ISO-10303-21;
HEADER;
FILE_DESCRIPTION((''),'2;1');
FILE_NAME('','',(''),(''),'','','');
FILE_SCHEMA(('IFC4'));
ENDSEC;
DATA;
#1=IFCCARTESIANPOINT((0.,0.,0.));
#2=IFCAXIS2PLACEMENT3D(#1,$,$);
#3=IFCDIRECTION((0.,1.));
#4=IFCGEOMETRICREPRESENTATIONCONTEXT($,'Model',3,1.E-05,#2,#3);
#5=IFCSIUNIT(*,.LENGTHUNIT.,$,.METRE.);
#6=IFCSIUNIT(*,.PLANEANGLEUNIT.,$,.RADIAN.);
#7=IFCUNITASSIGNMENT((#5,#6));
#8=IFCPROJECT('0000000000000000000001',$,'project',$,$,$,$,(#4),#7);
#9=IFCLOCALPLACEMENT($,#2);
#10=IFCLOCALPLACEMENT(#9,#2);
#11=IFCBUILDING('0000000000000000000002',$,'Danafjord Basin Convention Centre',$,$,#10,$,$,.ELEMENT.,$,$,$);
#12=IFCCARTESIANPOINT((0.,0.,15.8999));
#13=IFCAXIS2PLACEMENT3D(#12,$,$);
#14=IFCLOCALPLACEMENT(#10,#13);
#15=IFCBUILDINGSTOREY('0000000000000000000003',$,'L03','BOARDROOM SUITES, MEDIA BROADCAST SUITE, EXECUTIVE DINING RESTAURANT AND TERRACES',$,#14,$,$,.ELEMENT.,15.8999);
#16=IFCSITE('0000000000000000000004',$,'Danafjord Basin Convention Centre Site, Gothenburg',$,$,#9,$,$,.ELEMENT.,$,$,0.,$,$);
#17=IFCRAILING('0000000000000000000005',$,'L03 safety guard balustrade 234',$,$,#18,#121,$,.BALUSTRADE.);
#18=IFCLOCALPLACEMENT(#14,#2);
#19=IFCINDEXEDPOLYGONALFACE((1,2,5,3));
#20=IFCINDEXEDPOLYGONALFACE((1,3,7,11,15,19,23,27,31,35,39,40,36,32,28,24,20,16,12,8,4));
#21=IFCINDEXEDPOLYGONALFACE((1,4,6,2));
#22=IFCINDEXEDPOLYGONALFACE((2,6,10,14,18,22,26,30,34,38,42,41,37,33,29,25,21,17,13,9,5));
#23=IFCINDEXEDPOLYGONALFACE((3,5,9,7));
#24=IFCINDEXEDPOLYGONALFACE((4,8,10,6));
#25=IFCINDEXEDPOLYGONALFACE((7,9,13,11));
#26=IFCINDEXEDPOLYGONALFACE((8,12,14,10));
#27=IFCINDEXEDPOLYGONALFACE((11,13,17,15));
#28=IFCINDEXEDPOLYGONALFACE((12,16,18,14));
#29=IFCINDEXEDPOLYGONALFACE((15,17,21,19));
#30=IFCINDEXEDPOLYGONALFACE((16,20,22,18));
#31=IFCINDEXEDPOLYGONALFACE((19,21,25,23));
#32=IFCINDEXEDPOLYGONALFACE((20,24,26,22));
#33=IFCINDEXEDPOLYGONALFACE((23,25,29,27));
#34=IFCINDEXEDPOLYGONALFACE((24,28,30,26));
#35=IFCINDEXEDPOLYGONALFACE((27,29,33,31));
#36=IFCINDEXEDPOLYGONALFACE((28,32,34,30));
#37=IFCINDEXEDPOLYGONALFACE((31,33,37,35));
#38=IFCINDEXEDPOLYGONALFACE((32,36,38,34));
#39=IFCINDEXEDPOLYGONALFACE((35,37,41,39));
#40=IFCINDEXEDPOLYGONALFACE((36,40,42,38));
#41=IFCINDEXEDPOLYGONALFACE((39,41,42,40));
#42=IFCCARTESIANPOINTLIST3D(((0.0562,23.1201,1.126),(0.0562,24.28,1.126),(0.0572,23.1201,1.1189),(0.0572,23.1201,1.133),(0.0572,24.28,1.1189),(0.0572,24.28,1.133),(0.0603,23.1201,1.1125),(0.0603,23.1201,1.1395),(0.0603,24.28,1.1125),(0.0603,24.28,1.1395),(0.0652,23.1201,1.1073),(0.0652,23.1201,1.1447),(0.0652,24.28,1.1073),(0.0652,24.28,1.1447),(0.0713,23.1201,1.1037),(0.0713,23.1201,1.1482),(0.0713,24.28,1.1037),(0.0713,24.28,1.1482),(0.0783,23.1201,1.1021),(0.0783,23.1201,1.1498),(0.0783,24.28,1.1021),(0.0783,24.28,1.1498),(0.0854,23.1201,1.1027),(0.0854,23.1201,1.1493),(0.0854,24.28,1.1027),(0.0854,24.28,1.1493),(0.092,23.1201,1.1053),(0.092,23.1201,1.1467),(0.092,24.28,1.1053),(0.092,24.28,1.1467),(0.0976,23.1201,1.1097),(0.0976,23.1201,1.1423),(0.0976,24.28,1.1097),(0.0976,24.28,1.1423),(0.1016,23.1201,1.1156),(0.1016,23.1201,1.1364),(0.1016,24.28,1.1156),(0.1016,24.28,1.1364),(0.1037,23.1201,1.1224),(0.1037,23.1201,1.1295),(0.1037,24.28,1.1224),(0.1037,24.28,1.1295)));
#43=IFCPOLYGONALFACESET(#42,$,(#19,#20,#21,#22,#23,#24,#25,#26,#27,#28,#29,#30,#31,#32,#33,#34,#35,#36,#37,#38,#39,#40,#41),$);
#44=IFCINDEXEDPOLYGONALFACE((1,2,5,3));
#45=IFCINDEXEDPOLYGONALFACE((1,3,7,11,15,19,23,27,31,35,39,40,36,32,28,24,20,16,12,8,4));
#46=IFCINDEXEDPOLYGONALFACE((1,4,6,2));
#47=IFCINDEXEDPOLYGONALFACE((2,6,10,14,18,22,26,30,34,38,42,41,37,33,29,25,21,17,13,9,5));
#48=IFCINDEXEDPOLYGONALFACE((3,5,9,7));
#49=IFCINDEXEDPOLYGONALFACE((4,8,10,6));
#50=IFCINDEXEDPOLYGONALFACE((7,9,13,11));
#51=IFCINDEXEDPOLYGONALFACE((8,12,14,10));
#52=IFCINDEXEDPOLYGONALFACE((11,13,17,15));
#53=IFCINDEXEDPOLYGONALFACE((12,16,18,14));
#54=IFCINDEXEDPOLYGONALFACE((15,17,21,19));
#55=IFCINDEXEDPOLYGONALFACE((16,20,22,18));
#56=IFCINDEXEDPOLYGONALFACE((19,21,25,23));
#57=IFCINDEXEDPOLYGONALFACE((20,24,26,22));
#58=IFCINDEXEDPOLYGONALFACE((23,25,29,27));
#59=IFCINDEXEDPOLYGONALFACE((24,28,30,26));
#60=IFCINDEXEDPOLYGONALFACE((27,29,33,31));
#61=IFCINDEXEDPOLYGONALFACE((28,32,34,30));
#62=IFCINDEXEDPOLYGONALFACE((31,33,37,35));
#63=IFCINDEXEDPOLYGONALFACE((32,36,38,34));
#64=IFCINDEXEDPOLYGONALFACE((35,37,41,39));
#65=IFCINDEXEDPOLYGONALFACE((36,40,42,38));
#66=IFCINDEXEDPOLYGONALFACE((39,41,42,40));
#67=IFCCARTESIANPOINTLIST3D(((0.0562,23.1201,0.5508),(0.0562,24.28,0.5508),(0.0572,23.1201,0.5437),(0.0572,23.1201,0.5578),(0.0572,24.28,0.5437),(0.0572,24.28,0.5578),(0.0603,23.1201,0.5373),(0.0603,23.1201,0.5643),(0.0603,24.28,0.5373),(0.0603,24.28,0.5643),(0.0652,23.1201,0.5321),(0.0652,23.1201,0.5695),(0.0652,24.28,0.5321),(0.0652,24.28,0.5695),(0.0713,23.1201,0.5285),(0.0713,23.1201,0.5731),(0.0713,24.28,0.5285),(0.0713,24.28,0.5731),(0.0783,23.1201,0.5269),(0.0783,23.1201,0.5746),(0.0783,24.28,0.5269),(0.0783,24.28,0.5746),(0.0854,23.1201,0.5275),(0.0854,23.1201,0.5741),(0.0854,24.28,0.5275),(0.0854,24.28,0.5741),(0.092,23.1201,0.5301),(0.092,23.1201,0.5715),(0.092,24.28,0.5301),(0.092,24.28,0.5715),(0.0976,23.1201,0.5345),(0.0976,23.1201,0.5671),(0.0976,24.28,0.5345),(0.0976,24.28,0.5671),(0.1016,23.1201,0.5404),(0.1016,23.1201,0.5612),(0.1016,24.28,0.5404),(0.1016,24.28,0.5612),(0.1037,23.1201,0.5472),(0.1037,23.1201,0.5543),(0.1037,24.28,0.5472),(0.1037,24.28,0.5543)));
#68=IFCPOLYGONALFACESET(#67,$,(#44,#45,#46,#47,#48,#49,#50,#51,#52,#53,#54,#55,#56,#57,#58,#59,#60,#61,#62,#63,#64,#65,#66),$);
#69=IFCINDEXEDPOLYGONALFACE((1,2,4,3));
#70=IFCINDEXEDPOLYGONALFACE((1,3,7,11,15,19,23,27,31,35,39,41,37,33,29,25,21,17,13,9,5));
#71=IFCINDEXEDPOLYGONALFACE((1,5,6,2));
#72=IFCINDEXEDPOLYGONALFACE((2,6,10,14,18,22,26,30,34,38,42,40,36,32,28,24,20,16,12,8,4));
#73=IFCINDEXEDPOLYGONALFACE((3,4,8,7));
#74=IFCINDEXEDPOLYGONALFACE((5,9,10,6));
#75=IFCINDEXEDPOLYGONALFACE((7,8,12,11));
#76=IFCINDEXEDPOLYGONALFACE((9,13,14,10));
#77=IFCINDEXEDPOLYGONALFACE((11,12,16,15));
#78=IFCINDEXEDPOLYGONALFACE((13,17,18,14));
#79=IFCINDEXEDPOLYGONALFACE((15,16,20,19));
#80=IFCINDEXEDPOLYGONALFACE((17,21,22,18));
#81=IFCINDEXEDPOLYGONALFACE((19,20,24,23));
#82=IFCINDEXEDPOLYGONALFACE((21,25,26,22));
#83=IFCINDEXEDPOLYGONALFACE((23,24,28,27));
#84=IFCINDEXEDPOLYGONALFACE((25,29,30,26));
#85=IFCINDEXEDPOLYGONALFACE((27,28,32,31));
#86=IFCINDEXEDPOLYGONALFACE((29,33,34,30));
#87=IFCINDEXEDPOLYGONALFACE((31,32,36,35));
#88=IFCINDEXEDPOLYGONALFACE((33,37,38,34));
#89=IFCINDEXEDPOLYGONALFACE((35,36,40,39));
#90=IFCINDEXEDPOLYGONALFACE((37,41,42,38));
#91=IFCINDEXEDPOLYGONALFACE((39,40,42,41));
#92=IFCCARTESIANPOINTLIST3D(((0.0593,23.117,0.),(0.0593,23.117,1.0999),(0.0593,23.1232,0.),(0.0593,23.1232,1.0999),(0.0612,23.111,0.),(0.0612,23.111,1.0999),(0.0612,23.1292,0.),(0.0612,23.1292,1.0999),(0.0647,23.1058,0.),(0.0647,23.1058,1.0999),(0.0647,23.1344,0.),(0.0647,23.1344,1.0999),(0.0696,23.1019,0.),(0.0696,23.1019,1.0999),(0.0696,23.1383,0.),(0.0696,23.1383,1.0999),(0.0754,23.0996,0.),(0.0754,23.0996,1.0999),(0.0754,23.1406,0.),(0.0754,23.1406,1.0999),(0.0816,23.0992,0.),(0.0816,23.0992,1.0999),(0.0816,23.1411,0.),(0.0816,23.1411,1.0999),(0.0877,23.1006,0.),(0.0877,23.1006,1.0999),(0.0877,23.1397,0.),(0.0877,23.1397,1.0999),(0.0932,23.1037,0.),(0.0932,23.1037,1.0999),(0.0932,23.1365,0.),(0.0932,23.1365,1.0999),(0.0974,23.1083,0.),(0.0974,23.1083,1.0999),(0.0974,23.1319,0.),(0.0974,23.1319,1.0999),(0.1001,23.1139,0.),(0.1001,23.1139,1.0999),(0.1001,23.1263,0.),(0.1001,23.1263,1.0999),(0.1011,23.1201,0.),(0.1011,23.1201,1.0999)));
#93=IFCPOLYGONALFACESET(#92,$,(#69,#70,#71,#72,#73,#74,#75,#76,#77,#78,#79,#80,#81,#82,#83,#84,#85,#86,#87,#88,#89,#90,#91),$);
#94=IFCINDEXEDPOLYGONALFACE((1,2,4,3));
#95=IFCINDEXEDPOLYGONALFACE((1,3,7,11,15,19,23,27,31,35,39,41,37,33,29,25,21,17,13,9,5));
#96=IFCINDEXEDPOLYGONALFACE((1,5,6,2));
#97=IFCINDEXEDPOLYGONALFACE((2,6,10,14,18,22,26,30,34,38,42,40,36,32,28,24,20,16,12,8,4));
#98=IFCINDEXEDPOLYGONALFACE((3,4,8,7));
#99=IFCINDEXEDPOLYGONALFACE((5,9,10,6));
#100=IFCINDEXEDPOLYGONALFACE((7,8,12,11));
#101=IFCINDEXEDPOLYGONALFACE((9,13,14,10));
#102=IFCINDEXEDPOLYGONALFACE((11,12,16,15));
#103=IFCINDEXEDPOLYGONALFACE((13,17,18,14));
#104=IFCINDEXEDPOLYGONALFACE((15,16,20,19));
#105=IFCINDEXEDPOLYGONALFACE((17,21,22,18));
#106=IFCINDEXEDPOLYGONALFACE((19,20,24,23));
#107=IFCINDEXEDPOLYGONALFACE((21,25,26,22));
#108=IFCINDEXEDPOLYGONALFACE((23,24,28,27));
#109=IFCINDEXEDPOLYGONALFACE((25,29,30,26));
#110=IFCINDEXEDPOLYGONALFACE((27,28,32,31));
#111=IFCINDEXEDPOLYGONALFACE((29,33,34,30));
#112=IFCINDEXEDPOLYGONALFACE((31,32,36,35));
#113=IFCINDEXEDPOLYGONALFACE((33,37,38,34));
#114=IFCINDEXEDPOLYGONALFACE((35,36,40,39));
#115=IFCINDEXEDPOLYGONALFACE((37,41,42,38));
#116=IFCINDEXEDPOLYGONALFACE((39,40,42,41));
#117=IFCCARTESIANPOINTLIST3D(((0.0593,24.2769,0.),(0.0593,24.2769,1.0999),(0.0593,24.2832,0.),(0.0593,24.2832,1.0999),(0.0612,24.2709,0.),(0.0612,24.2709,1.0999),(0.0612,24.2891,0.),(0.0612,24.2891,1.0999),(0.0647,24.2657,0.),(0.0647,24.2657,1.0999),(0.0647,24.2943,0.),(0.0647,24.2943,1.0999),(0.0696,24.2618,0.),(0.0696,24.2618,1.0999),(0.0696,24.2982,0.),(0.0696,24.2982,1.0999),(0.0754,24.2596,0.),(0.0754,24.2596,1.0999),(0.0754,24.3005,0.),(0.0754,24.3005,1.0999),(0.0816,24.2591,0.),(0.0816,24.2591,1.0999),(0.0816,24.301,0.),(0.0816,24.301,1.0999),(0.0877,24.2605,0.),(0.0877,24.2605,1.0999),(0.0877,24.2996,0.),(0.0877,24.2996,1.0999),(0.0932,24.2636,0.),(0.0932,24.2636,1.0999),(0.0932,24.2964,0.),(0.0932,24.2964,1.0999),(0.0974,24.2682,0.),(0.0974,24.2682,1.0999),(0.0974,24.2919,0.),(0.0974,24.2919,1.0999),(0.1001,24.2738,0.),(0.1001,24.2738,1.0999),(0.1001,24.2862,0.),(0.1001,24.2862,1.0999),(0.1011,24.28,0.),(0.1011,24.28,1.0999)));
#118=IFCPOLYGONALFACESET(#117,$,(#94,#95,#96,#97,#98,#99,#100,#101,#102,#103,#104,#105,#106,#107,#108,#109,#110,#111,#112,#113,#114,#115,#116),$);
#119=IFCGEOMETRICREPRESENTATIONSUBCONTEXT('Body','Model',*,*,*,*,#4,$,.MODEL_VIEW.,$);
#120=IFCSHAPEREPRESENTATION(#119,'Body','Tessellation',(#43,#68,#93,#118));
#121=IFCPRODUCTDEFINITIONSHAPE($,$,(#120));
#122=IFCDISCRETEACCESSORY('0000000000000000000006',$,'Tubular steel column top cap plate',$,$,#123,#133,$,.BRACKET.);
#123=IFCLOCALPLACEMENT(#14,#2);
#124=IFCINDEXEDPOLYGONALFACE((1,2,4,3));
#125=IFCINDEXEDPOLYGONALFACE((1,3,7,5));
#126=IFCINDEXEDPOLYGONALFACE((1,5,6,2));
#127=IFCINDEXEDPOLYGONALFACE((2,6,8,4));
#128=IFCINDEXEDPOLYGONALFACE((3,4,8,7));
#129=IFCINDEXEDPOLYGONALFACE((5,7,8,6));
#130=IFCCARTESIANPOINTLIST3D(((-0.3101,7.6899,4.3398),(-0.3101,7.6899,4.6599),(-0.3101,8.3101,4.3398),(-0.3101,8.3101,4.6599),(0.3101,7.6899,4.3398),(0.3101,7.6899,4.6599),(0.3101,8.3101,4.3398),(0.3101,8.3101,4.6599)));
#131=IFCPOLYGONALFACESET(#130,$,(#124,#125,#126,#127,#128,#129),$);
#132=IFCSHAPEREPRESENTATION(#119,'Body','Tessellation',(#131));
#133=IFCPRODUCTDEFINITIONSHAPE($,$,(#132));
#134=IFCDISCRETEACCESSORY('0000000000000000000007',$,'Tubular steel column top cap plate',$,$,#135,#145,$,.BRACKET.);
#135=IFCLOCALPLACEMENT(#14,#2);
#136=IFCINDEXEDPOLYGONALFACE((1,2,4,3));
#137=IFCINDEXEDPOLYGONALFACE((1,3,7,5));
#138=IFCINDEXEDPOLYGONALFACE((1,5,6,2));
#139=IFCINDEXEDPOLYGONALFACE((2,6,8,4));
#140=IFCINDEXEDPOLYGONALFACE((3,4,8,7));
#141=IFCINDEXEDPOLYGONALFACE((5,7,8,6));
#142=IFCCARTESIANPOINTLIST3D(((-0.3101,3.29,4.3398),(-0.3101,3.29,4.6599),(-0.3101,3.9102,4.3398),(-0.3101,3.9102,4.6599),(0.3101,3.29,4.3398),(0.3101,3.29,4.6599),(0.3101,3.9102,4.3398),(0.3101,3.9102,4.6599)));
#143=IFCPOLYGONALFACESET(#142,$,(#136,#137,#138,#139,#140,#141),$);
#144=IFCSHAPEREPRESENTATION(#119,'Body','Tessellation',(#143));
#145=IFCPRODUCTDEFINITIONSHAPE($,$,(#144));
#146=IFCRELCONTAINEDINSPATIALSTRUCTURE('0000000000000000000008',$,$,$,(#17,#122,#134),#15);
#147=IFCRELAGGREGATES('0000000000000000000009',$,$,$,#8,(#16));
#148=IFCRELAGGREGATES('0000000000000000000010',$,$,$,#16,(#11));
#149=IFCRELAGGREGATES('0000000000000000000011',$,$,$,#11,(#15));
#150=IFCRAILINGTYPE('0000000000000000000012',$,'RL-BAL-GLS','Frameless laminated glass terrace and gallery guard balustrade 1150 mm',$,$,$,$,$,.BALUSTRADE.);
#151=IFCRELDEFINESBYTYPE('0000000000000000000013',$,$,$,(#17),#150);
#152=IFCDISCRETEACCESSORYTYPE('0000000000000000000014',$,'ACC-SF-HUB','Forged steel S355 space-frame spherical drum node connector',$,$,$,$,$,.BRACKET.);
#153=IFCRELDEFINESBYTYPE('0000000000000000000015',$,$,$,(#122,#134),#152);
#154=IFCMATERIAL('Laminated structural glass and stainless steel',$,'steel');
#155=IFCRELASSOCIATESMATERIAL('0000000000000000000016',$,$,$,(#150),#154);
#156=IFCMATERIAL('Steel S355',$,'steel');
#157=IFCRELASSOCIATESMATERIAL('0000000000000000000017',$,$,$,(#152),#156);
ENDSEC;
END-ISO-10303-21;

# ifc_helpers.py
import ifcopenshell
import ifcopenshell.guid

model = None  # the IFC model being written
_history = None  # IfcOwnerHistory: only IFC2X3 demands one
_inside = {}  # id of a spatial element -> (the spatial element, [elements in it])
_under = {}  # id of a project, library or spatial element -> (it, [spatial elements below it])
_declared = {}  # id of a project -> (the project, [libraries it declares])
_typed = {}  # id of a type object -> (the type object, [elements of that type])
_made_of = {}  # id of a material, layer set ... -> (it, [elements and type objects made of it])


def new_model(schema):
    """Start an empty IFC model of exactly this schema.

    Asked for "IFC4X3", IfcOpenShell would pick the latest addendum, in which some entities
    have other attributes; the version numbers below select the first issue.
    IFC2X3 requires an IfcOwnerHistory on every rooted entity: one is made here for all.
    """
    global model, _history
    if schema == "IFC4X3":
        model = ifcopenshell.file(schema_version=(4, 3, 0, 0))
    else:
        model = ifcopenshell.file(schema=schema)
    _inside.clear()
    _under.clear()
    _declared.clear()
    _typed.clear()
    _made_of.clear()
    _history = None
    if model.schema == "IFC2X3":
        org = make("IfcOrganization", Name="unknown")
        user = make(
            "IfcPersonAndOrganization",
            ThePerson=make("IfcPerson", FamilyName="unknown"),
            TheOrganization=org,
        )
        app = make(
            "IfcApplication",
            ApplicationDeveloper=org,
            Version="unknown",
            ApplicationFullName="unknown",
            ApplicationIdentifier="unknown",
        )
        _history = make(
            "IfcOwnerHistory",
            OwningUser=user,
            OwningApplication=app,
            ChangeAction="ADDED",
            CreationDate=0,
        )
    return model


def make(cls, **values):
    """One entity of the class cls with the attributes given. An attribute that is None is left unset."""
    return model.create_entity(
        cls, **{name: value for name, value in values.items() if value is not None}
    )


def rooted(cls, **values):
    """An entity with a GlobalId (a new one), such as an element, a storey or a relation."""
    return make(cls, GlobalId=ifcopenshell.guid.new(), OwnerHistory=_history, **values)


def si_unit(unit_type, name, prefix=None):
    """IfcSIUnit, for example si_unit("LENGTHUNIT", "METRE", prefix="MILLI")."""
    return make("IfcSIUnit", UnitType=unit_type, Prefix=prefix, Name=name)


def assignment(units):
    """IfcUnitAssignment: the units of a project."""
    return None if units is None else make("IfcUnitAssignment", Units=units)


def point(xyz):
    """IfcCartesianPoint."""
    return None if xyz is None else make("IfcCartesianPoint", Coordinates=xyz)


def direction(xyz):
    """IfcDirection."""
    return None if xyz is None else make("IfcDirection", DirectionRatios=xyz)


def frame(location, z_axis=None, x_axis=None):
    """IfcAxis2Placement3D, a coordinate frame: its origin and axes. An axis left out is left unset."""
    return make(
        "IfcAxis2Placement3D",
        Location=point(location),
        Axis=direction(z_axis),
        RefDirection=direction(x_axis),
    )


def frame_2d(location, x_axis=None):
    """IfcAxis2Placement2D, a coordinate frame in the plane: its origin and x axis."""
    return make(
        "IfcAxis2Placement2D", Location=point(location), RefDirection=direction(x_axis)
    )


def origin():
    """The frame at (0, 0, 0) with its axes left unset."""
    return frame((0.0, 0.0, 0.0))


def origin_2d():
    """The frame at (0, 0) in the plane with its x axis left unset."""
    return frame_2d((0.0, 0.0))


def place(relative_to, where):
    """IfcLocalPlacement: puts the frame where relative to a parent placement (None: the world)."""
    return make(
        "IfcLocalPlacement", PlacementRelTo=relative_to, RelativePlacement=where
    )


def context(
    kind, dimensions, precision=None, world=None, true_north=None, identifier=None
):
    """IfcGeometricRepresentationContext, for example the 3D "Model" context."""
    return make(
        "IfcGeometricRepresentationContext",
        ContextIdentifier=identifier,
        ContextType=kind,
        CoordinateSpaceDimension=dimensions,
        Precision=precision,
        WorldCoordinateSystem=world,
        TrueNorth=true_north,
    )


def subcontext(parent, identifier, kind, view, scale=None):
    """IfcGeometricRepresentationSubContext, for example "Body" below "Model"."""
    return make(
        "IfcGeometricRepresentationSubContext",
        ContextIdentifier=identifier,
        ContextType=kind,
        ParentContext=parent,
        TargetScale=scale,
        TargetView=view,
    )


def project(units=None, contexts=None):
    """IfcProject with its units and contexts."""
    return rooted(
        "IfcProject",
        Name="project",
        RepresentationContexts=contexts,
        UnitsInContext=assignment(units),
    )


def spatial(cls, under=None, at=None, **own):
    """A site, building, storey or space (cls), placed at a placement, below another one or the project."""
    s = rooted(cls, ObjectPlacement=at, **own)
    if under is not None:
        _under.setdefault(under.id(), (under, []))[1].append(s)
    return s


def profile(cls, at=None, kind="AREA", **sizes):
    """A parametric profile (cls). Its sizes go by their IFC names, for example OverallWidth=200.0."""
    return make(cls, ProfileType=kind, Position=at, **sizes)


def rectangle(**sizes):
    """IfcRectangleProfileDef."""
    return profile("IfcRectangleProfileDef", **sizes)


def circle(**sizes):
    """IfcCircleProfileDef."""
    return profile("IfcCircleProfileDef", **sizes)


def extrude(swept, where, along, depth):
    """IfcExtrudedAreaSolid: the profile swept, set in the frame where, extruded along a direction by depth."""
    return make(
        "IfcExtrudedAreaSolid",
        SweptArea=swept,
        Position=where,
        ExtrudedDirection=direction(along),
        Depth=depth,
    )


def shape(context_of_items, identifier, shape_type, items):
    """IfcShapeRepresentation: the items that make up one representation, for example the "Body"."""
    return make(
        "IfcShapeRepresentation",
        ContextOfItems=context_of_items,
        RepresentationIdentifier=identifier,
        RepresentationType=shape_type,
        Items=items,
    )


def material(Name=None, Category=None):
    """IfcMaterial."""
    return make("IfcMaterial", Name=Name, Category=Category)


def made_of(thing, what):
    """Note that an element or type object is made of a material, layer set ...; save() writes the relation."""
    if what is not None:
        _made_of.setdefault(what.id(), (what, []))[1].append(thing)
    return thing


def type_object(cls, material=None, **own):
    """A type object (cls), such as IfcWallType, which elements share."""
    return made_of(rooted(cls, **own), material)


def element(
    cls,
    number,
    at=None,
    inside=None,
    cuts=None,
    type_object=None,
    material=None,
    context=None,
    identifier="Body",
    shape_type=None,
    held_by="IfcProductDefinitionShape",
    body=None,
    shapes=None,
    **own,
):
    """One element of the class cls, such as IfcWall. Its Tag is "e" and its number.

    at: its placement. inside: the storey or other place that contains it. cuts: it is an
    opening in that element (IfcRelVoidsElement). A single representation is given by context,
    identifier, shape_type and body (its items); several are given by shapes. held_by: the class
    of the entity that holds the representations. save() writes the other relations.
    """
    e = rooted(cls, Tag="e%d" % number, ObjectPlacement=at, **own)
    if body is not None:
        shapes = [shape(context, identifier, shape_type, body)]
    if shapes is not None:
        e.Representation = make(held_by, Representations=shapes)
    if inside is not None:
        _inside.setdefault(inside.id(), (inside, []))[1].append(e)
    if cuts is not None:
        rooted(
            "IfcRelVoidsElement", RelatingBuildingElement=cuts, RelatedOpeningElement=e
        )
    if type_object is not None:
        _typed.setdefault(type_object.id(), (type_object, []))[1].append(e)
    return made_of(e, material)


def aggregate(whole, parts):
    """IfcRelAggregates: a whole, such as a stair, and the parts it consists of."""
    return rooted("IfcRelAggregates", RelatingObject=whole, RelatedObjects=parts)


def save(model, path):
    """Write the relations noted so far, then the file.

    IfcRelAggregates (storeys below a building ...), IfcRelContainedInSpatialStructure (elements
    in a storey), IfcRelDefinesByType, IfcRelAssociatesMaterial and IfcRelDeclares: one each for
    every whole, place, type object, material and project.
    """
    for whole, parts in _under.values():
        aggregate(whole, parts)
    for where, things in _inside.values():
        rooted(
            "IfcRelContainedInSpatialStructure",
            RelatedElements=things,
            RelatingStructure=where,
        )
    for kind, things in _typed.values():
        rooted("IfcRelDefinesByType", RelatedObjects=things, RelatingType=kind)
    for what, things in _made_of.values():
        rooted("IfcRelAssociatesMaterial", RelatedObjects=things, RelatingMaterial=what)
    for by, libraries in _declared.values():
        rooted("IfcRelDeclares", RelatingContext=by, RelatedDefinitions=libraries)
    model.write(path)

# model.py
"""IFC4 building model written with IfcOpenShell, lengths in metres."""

from ifc_helpers import new_model, si_unit, direction, frame, origin, origin_2d, place, context, subcontext, project, spatial, rectangle, circle, extrude, material, type_object, element, save


model = new_model("IFC4")

# Units and contexts
model_context = context("Model", 3, precision=1e-05, world=origin(), true_north=direction((0.0, 1.0)))
body_context = subcontext(model_context, "Body", "Model", "MODEL_VIEW")
ifc_project = project(units=[si_unit("LENGTHUNIT", "METRE"), si_unit("PLANEANGLEUNIT", "RADIAN")], contexts=[model_context])

# Site, building, storey
site_placement = place(None, origin())
site = spatial("IfcSite", under=ifc_project, at=site_placement, Name="Danafjord Basin Convention Centre Site, Gothenburg", CompositionType="ELEMENT", RefElevation=0.0)
building_placement = place(site_placement, origin())
building = spatial("IfcBuilding", under=site, at=building_placement, Name="Danafjord Basin Convention Centre", CompositionType="ELEMENT")
storey_placement = place(building_placement, frame((0.0, 0.0, 15.8999)))
storey = spatial("IfcBuildingStorey", under=building, at=storey_placement, Name="L03", Description="BOARDROOM SUITES, MEDIA BROADCAST SUITE, EXECUTIVE DINING RESTAURANT AND TERRACES", CompositionType="ELEMENT", Elevation=15.8999)

# Shared definitions
ifc_material_1 = material(Name="Steel S355", Category="steel")

# Railing
ifc_material_2 = material(Name="Laminated structural glass and stainless steel", Category="steel")
railing_type = type_object("IfcRailingType", Name="RL-BAL-GLS", Description="Frameless laminated glass terrace and gallery guard balustrade 1150 mm", PredefinedType="BALUSTRADE", material=ifc_material_2)
for number, where, name in (
    (1, (0.0801, 23.1201, 0.0), "L03 safety guard balustrade 234"),
):
    element("IfcRailing", number, at=place(storey_placement, frame(where)), inside=storey, type_object=railing_type, Name=name, PredefinedType="BALUSTRADE", context=body_context, shape_type="SweptSolid", body=[
        extrude(circle(Radius=0.0239, at=origin_2d()), frame((0.0, 0.0, 1.126), z_axis=(0.0, 1.0, 0.0), x_axis=(-1.0, 0.0, 0.0)), (0.0, 0.0, 1.0), 1.1599),
        extrude(circle(Radius=0.0239, at=origin_2d()), frame((0.0, 0.0, 0.5508), z_axis=(0.0, 1.0, 0.0), x_axis=(-1.0, 0.0, 0.0)), (0.0, 0.0, 1.0), 1.1599),
        extrude(circle(Radius=0.021, at=origin_2d()), origin(), (0.0, 0.0, 1.0), 1.0999),
        extrude(circle(Radius=0.021, at=origin_2d()), frame((0.0, 1.1599, 0.0)), (0.0, 0.0, 1.0), 1.0999),
    ])

# Discrete accessories
discrete_accessory_type = type_object("IfcDiscreteAccessoryType", Name="ACC-SF-HUB", Description="Forged steel S355 space-frame spherical drum node connector", PredefinedType="BRACKET", material=ifc_material_1)
for number, where, z_axis, x_axis, name in (
    (2, (0.0, 8.0, 4.3398), (0.0, 0.0, 1.0), (1.0, 0.0, 0.0), "Tubular steel column top cap plate"),
    (3, (0.0, 3.6001, 4.3398), (0.0, 0.0, 1.0), (1.0, 0.0, 0.0), "Tubular steel column top cap plate"),
):
    element("IfcDiscreteAccessory", number, at=place(storey_placement, frame(where, z_axis=z_axis, x_axis=x_axis)), inside=storey, type_object=discrete_accessory_type, Name=name, PredefinedType="BRACKET", context=body_context, shape_type="SweptSolid", body=[
        extrude(rectangle(XDim=0.6201, YDim=0.6201, at=origin_2d()), origin(), (0.0, 0.0, 1.0), 0.3201),
    ])

save(model, "model.ifc")
